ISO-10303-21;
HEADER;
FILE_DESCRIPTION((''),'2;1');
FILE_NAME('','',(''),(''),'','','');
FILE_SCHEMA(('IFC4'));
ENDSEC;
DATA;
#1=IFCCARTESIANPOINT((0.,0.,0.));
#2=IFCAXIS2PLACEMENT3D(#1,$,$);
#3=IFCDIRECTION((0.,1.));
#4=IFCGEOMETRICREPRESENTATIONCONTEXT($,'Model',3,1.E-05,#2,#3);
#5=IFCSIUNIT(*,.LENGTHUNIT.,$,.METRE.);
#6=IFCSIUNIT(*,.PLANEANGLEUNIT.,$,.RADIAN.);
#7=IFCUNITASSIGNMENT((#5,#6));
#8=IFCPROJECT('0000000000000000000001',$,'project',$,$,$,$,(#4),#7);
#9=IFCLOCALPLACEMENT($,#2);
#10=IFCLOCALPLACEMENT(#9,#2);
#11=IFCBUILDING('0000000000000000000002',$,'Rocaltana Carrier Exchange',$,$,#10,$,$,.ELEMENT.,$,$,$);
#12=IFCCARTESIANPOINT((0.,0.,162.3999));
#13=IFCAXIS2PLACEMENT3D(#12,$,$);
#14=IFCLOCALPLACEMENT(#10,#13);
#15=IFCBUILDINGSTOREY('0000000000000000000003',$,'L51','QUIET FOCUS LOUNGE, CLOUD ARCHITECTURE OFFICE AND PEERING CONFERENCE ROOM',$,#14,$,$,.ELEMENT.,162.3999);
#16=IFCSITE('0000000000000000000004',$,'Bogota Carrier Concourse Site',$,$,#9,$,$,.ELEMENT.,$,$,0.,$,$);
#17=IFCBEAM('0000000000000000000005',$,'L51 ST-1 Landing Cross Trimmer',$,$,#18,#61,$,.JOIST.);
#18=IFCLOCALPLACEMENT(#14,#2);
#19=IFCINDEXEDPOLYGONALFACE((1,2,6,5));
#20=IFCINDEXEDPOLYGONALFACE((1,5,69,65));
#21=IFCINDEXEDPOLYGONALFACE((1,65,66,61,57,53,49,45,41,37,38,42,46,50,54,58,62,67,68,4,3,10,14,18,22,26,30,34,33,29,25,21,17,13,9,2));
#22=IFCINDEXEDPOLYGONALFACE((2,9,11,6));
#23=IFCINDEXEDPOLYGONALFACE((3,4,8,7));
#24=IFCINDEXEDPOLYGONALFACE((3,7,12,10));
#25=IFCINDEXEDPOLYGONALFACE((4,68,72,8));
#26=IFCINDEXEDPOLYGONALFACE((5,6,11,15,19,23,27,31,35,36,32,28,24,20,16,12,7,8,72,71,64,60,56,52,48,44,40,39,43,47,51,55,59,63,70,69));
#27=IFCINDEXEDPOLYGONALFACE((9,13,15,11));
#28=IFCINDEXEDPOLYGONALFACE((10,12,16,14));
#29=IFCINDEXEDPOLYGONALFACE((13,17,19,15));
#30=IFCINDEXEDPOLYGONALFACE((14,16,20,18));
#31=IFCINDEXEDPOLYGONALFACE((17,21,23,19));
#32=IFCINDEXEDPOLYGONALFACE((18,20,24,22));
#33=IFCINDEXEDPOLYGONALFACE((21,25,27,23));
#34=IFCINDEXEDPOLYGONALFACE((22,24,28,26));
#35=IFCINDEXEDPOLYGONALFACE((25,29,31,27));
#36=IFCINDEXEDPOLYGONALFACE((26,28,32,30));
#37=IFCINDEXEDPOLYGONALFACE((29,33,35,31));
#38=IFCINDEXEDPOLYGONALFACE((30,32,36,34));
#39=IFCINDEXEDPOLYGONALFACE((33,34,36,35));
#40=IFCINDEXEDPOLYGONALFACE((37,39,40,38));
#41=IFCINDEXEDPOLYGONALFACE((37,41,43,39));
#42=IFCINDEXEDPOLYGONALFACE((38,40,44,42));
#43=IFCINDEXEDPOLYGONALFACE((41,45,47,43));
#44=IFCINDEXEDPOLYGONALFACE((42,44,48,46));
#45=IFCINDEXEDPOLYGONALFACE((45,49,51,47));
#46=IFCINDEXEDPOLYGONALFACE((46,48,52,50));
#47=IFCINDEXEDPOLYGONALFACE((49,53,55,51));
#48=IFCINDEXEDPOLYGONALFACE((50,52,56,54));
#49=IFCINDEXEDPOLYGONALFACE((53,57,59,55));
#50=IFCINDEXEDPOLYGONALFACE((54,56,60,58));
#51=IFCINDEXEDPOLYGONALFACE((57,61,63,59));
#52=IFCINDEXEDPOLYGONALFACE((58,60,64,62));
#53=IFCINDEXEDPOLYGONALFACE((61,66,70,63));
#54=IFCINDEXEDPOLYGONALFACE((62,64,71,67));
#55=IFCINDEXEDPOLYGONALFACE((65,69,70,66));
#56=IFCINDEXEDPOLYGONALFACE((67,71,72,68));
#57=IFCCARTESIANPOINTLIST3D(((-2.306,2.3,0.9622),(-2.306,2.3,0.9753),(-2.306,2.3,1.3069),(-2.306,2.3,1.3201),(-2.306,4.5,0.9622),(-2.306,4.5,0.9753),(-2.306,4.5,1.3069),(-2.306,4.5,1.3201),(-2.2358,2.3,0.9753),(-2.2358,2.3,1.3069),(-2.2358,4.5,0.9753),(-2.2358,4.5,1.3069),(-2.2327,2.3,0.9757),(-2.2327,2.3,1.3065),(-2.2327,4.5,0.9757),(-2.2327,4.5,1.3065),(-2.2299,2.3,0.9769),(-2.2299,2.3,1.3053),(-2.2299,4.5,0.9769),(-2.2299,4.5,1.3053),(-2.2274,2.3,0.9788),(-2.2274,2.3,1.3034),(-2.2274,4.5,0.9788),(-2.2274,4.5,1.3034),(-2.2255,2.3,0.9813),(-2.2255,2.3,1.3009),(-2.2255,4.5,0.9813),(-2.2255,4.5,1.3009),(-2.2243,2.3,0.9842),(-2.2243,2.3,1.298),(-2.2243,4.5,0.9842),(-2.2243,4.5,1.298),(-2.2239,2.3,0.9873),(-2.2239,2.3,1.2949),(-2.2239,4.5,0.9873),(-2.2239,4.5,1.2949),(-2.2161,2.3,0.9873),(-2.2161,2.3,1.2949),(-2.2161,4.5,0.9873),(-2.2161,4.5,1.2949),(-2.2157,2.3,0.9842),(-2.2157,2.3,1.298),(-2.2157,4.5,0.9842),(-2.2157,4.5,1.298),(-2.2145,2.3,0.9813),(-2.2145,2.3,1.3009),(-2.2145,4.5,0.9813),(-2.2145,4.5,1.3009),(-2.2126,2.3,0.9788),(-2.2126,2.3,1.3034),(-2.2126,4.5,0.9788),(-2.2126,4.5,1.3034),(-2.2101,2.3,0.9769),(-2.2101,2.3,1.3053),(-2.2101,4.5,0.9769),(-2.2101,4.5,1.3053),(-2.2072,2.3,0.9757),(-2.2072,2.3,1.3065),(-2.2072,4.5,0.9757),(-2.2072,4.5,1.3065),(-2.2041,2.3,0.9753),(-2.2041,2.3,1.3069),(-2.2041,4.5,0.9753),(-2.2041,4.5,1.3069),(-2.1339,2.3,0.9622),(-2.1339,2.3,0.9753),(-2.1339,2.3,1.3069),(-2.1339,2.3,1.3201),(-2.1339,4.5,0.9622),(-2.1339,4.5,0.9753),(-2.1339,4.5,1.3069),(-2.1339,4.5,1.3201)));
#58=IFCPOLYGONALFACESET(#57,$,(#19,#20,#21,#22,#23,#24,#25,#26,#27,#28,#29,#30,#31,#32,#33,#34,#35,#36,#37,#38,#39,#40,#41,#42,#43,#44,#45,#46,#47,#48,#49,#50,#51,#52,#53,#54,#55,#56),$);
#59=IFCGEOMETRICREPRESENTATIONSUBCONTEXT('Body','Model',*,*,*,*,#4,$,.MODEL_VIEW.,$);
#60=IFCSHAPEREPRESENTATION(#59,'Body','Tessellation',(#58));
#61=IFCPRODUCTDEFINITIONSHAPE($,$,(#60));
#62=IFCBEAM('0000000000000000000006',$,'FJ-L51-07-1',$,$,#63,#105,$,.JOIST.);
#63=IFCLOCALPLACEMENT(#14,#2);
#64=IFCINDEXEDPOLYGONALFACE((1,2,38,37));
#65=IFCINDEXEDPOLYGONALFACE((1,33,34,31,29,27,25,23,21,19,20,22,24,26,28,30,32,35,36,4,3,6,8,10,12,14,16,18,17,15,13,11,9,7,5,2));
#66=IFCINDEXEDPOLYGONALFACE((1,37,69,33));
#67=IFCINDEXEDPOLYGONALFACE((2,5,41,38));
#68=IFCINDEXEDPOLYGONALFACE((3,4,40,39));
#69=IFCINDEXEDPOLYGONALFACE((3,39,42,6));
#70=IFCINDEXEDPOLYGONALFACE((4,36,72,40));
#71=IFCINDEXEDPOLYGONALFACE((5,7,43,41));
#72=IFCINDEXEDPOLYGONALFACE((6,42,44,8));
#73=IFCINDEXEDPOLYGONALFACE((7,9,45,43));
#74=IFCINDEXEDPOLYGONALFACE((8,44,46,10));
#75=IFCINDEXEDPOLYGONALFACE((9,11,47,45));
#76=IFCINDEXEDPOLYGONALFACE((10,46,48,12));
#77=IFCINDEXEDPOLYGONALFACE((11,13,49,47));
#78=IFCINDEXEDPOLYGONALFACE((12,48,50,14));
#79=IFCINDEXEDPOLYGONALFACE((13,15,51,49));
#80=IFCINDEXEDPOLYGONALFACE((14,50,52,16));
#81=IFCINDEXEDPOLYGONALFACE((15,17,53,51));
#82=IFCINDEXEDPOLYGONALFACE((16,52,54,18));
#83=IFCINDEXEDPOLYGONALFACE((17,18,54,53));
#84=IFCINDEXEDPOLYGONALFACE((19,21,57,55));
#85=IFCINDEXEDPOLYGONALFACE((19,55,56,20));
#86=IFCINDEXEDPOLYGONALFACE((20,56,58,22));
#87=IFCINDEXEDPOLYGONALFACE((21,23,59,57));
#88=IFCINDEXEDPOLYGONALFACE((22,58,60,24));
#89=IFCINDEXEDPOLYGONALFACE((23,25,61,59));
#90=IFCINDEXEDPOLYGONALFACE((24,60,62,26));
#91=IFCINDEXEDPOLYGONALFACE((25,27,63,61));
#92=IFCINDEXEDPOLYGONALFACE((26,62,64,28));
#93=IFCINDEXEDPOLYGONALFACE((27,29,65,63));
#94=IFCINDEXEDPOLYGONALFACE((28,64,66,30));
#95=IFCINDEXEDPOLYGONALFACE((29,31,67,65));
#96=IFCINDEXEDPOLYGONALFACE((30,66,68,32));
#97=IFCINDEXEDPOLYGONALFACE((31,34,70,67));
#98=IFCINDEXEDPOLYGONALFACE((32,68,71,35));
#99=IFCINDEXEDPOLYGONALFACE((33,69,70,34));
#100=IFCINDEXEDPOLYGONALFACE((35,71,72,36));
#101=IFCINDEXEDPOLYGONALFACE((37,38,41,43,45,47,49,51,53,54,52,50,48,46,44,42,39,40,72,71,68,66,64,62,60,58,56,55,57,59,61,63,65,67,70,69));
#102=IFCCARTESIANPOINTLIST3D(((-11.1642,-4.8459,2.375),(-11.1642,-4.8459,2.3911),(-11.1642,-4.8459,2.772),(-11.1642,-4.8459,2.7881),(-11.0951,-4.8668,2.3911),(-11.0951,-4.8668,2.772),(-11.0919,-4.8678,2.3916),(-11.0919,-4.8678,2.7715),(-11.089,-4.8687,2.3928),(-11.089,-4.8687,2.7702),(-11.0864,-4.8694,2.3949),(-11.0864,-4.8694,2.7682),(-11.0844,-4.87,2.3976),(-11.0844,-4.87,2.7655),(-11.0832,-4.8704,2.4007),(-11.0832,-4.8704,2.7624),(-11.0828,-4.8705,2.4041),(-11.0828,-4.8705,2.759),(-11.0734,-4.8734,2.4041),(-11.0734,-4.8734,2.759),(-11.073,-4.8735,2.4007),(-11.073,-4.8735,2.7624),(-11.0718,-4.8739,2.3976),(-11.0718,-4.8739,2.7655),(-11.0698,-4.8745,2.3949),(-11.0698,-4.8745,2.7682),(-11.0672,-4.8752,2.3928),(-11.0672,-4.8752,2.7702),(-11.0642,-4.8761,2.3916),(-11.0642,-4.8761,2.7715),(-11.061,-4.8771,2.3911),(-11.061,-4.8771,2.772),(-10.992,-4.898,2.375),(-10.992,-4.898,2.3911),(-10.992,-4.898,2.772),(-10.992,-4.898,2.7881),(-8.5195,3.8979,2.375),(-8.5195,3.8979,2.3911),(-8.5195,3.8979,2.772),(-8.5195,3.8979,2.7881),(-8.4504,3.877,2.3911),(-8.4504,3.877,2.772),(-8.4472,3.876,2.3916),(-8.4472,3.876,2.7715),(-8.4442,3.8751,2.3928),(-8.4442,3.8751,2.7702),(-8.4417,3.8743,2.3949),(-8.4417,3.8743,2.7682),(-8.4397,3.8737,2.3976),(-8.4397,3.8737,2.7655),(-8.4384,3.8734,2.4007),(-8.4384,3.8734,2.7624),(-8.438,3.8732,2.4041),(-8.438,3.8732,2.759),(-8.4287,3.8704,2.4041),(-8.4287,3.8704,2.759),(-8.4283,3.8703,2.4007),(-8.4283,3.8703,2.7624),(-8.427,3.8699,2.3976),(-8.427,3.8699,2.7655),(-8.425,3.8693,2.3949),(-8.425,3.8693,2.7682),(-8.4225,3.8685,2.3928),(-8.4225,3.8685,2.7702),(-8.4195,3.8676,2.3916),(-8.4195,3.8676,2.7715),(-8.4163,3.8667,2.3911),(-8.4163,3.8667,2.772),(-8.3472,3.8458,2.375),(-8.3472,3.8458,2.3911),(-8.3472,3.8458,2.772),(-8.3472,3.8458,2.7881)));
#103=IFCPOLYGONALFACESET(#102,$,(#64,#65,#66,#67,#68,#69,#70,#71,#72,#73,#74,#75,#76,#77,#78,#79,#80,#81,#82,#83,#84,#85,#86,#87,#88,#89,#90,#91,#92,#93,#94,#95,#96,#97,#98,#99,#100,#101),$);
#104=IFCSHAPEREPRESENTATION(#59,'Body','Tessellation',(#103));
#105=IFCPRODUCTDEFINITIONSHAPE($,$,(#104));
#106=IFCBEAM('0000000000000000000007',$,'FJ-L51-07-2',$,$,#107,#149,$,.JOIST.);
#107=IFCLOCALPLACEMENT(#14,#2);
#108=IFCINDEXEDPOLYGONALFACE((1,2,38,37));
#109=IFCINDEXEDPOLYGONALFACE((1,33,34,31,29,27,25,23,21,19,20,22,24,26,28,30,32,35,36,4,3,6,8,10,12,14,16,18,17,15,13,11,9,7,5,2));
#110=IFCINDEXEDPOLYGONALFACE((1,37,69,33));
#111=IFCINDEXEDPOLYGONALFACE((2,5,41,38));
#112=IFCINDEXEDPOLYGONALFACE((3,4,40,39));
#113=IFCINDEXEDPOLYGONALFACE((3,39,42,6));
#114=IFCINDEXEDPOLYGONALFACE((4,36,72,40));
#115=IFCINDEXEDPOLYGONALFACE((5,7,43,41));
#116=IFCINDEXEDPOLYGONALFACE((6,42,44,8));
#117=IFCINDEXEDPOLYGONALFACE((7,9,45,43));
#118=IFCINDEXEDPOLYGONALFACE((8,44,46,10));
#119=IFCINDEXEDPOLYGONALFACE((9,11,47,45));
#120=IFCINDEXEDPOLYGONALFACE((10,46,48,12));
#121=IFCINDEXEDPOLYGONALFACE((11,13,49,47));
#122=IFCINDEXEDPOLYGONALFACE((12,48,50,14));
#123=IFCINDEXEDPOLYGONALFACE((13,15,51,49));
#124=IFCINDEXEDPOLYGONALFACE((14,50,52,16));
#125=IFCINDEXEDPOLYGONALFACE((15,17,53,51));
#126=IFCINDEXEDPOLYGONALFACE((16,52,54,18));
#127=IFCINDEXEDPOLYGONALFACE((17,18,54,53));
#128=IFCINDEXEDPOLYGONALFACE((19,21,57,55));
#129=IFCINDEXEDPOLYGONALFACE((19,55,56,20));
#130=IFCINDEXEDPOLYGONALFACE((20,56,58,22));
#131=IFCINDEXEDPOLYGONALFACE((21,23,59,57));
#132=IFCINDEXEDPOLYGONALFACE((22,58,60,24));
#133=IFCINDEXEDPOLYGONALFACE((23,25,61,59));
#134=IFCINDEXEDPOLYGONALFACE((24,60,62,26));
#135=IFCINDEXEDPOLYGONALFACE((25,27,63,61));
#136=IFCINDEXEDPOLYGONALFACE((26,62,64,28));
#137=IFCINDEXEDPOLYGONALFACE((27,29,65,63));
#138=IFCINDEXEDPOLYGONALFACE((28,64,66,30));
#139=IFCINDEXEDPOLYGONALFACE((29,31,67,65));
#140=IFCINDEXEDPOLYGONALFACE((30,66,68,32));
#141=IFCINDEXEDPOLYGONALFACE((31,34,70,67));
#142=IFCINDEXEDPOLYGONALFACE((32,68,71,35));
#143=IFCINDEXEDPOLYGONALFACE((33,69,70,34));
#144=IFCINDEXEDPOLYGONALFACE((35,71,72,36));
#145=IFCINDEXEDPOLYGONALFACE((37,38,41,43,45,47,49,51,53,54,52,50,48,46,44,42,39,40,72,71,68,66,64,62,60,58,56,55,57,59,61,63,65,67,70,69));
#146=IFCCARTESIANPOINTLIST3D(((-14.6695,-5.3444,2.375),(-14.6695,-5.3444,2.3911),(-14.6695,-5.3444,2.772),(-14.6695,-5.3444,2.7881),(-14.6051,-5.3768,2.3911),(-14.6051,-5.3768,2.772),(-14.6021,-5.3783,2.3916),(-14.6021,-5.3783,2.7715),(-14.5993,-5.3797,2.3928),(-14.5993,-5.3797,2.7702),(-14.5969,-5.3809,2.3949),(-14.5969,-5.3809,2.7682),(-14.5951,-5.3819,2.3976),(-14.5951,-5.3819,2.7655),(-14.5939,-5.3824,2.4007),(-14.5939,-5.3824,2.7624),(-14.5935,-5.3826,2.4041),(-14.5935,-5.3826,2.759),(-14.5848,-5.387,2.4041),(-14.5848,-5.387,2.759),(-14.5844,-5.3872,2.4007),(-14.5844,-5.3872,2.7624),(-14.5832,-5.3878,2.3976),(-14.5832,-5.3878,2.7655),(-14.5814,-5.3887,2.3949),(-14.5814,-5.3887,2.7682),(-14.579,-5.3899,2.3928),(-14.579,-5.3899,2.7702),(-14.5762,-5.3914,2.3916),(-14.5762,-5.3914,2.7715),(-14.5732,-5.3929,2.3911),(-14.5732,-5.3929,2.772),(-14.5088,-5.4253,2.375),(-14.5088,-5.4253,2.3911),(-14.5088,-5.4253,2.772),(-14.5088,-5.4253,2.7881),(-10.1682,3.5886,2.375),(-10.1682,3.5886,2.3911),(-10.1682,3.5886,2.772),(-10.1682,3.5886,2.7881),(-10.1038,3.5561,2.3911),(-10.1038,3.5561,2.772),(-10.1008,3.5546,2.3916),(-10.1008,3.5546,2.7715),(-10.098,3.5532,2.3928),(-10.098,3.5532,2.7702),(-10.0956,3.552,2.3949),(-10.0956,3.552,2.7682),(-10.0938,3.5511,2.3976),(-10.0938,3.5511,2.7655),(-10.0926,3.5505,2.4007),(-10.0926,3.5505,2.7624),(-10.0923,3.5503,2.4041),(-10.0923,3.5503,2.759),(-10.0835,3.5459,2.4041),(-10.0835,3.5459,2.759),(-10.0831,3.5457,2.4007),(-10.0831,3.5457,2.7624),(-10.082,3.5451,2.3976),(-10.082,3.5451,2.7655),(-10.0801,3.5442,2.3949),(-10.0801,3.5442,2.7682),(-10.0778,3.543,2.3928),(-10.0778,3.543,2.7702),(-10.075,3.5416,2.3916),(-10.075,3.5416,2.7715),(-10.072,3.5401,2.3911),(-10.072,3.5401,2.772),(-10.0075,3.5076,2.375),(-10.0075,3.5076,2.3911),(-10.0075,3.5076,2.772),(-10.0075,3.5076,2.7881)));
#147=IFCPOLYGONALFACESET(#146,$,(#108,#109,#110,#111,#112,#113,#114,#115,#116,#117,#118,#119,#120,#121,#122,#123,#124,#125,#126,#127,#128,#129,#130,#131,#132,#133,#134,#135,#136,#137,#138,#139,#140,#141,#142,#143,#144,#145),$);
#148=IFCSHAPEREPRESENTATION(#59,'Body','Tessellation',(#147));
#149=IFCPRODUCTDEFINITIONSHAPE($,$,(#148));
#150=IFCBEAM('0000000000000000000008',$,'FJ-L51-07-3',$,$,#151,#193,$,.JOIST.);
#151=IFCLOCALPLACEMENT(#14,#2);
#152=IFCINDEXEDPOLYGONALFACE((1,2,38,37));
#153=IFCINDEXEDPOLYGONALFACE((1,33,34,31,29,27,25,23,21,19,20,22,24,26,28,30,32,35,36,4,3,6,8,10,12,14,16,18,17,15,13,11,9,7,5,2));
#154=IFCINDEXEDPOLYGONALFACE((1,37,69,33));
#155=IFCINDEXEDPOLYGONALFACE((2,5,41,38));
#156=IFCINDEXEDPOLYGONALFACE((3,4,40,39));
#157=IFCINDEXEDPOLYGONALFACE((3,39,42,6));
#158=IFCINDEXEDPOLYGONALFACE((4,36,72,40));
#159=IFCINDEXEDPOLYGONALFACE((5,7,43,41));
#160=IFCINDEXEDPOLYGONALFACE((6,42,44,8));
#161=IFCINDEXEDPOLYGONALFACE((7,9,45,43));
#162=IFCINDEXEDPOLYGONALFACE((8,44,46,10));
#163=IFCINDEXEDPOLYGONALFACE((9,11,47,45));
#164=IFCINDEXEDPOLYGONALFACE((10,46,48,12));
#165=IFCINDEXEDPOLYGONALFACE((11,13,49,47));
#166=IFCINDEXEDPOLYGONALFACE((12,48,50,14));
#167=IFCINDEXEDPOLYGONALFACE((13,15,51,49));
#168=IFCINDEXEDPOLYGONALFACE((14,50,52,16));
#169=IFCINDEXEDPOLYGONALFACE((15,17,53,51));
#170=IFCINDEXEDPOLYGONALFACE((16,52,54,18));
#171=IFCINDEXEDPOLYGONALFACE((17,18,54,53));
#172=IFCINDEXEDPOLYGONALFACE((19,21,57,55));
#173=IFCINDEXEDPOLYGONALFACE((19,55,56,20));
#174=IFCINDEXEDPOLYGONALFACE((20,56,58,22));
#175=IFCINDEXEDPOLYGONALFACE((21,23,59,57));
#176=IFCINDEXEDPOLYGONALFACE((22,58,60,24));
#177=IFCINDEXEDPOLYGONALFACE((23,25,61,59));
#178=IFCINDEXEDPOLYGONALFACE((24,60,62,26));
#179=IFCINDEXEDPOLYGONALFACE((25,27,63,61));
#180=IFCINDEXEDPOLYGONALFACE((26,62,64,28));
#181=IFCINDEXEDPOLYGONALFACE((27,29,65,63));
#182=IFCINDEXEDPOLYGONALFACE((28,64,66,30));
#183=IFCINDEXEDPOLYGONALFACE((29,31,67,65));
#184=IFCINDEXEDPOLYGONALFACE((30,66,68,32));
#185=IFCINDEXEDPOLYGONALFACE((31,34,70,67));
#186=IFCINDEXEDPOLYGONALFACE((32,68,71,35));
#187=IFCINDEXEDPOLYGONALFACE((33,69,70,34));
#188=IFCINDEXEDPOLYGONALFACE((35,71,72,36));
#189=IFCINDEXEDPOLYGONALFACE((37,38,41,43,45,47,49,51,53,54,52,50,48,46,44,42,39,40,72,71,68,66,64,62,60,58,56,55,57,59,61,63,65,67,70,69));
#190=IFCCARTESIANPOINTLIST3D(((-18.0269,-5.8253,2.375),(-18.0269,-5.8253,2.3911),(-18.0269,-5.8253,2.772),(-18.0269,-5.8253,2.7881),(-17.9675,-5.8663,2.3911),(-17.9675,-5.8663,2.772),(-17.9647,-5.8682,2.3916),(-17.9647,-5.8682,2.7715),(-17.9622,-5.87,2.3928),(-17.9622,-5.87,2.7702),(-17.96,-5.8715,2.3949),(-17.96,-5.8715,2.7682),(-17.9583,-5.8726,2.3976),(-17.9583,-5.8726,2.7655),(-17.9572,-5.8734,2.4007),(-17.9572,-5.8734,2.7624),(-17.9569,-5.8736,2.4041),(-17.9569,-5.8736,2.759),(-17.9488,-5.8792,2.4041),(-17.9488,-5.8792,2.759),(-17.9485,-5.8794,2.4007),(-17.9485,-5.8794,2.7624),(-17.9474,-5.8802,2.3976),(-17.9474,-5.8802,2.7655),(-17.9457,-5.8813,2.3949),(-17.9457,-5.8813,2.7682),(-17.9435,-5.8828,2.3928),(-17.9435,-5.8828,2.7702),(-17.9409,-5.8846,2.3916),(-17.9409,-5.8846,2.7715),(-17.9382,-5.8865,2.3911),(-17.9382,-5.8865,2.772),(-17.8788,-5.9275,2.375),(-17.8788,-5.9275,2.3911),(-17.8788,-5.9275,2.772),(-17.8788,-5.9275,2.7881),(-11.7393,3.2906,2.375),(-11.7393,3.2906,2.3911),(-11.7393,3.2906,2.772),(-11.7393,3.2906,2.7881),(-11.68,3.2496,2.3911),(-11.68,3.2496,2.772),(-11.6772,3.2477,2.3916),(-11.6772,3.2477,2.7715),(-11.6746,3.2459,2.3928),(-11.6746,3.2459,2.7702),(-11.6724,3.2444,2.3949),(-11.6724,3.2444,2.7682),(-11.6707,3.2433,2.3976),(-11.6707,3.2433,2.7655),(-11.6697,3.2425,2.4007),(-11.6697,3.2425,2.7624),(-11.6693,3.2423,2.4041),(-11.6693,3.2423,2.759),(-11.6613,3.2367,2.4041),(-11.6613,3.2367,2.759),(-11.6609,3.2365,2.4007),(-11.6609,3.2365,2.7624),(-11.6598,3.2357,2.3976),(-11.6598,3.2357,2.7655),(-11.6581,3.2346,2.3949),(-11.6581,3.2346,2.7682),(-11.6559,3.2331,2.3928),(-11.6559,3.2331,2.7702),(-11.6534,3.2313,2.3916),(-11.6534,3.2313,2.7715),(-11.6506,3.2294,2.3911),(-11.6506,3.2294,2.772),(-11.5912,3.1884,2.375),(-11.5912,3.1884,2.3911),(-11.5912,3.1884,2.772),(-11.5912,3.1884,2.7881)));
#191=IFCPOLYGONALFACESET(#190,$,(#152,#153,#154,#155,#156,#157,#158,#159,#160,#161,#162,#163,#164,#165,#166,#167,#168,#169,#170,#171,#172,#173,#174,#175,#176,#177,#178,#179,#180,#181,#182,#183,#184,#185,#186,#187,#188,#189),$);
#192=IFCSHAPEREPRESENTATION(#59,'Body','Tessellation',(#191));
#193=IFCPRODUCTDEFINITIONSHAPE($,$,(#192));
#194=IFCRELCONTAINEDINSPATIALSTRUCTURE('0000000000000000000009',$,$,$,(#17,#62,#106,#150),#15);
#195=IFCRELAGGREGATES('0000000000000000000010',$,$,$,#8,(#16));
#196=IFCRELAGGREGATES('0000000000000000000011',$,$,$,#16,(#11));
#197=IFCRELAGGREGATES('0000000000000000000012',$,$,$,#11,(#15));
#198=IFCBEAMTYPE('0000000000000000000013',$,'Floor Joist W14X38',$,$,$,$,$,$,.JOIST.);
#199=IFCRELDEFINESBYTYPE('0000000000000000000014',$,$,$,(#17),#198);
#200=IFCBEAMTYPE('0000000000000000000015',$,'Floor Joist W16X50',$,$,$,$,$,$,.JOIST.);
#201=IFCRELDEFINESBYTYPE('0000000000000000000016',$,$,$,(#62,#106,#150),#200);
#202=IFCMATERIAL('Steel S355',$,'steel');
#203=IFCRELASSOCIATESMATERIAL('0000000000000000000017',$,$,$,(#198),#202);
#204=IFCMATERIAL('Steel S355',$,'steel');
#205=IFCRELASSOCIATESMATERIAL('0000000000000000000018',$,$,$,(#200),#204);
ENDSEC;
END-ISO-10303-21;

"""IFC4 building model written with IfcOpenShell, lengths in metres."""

from ifc_helpers import new_model, si_unit, direction, frame, origin, origin_2d, place, context, subcontext, project, spatial, i_section, extrude, material, material_profile, profile_set, type_object, element, save


model = new_model("IFC4")

# Units and contexts
model_context = context("Model", 3, precision=1e-05, world=origin(), true_north=direction((0.0, 1.0)))
body_context = subcontext(model_context, "Body", "Model", "MODEL_VIEW")
ifc_project = project(units=[si_unit("LENGTHUNIT", "METRE"), si_unit("PLANEANGLEUNIT", "RADIAN")], contexts=[model_context])

# Site, building, storey
site_placement = place(None, origin())
site = spatial("IfcSite", under=ifc_project, at=site_placement, Name="Bogota Carrier Concourse Site", CompositionType="ELEMENT", RefElevation=0.0)
building_placement = place(site_placement, origin())
building = spatial("IfcBuilding", under=site, at=building_placement, Name="Rocaltana Carrier Exchange", CompositionType="ELEMENT")
storey_placement = place(building_placement, frame((0.0, 0.0, 162.3999)))
storey = spatial("IfcBuildingStorey", under=building, at=storey_placement, Name="L51", Description="QUIET FOCUS LOUNGE, CLOUD ARCHITECTURE OFFICE AND PEERING CONFERENCE ROOM", CompositionType="ELEMENT", Elevation=162.3999)

# Beams
ifc_material_1 = material(Name="Steel S355", Category="steel")
ifc_material_profile_1 = material_profile(ifc_material_1, i_section(OverallWidth=0.1721, OverallDepth=0.3579, WebThickness=0.0078, FlangeThickness=0.0132, FilletRadius=0.012, at=origin_2d()), Name="W14X38")
ifc_profile_set_1 = profile_set([ifc_material_profile_1], Name="Steel S355")
beam_type_1 = type_object("IfcBeamType", Name="Floor Joist W14X38", PredefinedType="JOIST", material=ifc_profile_set_1)
beam_1_placement = place(storey_placement, frame((-2.22, 2.3, 1.1411), z_axis=(0.0, 1.0, 0.0), x_axis=(-1.0, 0.0, 0.0)))
element("IfcBeam", 1, at=beam_1_placement, inside=storey, type_object=beam_type_1, Name="L51 ST-1 Landing Cross Trimmer", PredefinedType="JOIST", context=body_context, shape_type="SweptSolid", body=[
    extrude(i_section(OverallWidth=0.1721, OverallDepth=0.3579, WebThickness=0.0078, FlangeThickness=0.0132, FilletRadius=0.012, at=origin_2d()), origin(), (0.0, 0.0, 1.0), 2.2),
])
ifc_material_2 = material(Name="Steel S355", Category="steel")
ifc_material_profile_2 = material_profile(ifc_material_2, i_section(OverallWidth=0.1799, OverallDepth=0.4131, WebThickness=0.0098, FlangeThickness=0.0161, FilletRadius=0.0129, at=origin_2d()), Name="W16X50")
ifc_profile_set_2 = profile_set([ifc_material_profile_2], Name="Steel S355")
beam_type_2 = type_object("IfcBeamType", Name="Floor Joist W16X50", PredefinedType="JOIST", material=ifc_profile_set_2)
beam_2_placement = place(storey_placement, frame((-8.4333, 3.8718, 2.5815), z_axis=(-0.289517, -0.957173, 0.0), x_axis=(0.957173, -0.289517, 0.0)))
element("IfcBeam", 2, at=beam_2_placement, inside=storey, type_object=beam_type_2, Name="FJ-L51-07-1", PredefinedType="JOIST", context=body_context, shape_type="SweptSolid", body=[
    extrude(i_section(OverallWidth=0.1799, OverallDepth=0.4131, WebThickness=0.0098, FlangeThickness=0.0161, FilletRadius=0.0129, at=origin_2d()), origin(), (0.0, 0.0, 1.0), 9.135),
])
beam_3_placement = place(storey_placement, frame((-10.0879, 3.5481, 2.5815), z_axis=(-0.449994, -0.893032, 0.0), x_axis=(0.893032, -0.449994, 0.0)))
element("IfcBeam", 3, at=beam_3_placement, inside=storey, type_object=beam_type_2, Name="FJ-L51-07-2", PredefinedType="JOIST", context=body_context, shape_type="SweptSolid", body=[
    extrude(i_section(OverallWidth=0.1799, OverallDepth=0.4131, WebThickness=0.0098, FlangeThickness=0.0161, FilletRadius=0.0129, at=origin_2d()), origin(), (0.0, 0.0, 1.0), 10.0029),
])
beam_4_placement = place(storey_placement, frame((-11.6653, 3.2395, 2.5815), z_axis=(-0.567777, -0.823182, 0.0), x_axis=(0.823182, -0.567777, 0.0)))
element("IfcBeam", 4, at=beam_4_placement, inside=storey, type_object=beam_type_2, Name="FJ-L51-07-3", PredefinedType="JOIST", context=body_context, shape_type="SweptSolid", body=[
    extrude(i_section(OverallWidth=0.1799, OverallDepth=0.4131, WebThickness=0.0098, FlangeThickness=0.0161, FilletRadius=0.0129, at=origin_2d()), origin(), (0.0, 0.0, 1.0), 11.074),
])

save(model, "model.ifc")
